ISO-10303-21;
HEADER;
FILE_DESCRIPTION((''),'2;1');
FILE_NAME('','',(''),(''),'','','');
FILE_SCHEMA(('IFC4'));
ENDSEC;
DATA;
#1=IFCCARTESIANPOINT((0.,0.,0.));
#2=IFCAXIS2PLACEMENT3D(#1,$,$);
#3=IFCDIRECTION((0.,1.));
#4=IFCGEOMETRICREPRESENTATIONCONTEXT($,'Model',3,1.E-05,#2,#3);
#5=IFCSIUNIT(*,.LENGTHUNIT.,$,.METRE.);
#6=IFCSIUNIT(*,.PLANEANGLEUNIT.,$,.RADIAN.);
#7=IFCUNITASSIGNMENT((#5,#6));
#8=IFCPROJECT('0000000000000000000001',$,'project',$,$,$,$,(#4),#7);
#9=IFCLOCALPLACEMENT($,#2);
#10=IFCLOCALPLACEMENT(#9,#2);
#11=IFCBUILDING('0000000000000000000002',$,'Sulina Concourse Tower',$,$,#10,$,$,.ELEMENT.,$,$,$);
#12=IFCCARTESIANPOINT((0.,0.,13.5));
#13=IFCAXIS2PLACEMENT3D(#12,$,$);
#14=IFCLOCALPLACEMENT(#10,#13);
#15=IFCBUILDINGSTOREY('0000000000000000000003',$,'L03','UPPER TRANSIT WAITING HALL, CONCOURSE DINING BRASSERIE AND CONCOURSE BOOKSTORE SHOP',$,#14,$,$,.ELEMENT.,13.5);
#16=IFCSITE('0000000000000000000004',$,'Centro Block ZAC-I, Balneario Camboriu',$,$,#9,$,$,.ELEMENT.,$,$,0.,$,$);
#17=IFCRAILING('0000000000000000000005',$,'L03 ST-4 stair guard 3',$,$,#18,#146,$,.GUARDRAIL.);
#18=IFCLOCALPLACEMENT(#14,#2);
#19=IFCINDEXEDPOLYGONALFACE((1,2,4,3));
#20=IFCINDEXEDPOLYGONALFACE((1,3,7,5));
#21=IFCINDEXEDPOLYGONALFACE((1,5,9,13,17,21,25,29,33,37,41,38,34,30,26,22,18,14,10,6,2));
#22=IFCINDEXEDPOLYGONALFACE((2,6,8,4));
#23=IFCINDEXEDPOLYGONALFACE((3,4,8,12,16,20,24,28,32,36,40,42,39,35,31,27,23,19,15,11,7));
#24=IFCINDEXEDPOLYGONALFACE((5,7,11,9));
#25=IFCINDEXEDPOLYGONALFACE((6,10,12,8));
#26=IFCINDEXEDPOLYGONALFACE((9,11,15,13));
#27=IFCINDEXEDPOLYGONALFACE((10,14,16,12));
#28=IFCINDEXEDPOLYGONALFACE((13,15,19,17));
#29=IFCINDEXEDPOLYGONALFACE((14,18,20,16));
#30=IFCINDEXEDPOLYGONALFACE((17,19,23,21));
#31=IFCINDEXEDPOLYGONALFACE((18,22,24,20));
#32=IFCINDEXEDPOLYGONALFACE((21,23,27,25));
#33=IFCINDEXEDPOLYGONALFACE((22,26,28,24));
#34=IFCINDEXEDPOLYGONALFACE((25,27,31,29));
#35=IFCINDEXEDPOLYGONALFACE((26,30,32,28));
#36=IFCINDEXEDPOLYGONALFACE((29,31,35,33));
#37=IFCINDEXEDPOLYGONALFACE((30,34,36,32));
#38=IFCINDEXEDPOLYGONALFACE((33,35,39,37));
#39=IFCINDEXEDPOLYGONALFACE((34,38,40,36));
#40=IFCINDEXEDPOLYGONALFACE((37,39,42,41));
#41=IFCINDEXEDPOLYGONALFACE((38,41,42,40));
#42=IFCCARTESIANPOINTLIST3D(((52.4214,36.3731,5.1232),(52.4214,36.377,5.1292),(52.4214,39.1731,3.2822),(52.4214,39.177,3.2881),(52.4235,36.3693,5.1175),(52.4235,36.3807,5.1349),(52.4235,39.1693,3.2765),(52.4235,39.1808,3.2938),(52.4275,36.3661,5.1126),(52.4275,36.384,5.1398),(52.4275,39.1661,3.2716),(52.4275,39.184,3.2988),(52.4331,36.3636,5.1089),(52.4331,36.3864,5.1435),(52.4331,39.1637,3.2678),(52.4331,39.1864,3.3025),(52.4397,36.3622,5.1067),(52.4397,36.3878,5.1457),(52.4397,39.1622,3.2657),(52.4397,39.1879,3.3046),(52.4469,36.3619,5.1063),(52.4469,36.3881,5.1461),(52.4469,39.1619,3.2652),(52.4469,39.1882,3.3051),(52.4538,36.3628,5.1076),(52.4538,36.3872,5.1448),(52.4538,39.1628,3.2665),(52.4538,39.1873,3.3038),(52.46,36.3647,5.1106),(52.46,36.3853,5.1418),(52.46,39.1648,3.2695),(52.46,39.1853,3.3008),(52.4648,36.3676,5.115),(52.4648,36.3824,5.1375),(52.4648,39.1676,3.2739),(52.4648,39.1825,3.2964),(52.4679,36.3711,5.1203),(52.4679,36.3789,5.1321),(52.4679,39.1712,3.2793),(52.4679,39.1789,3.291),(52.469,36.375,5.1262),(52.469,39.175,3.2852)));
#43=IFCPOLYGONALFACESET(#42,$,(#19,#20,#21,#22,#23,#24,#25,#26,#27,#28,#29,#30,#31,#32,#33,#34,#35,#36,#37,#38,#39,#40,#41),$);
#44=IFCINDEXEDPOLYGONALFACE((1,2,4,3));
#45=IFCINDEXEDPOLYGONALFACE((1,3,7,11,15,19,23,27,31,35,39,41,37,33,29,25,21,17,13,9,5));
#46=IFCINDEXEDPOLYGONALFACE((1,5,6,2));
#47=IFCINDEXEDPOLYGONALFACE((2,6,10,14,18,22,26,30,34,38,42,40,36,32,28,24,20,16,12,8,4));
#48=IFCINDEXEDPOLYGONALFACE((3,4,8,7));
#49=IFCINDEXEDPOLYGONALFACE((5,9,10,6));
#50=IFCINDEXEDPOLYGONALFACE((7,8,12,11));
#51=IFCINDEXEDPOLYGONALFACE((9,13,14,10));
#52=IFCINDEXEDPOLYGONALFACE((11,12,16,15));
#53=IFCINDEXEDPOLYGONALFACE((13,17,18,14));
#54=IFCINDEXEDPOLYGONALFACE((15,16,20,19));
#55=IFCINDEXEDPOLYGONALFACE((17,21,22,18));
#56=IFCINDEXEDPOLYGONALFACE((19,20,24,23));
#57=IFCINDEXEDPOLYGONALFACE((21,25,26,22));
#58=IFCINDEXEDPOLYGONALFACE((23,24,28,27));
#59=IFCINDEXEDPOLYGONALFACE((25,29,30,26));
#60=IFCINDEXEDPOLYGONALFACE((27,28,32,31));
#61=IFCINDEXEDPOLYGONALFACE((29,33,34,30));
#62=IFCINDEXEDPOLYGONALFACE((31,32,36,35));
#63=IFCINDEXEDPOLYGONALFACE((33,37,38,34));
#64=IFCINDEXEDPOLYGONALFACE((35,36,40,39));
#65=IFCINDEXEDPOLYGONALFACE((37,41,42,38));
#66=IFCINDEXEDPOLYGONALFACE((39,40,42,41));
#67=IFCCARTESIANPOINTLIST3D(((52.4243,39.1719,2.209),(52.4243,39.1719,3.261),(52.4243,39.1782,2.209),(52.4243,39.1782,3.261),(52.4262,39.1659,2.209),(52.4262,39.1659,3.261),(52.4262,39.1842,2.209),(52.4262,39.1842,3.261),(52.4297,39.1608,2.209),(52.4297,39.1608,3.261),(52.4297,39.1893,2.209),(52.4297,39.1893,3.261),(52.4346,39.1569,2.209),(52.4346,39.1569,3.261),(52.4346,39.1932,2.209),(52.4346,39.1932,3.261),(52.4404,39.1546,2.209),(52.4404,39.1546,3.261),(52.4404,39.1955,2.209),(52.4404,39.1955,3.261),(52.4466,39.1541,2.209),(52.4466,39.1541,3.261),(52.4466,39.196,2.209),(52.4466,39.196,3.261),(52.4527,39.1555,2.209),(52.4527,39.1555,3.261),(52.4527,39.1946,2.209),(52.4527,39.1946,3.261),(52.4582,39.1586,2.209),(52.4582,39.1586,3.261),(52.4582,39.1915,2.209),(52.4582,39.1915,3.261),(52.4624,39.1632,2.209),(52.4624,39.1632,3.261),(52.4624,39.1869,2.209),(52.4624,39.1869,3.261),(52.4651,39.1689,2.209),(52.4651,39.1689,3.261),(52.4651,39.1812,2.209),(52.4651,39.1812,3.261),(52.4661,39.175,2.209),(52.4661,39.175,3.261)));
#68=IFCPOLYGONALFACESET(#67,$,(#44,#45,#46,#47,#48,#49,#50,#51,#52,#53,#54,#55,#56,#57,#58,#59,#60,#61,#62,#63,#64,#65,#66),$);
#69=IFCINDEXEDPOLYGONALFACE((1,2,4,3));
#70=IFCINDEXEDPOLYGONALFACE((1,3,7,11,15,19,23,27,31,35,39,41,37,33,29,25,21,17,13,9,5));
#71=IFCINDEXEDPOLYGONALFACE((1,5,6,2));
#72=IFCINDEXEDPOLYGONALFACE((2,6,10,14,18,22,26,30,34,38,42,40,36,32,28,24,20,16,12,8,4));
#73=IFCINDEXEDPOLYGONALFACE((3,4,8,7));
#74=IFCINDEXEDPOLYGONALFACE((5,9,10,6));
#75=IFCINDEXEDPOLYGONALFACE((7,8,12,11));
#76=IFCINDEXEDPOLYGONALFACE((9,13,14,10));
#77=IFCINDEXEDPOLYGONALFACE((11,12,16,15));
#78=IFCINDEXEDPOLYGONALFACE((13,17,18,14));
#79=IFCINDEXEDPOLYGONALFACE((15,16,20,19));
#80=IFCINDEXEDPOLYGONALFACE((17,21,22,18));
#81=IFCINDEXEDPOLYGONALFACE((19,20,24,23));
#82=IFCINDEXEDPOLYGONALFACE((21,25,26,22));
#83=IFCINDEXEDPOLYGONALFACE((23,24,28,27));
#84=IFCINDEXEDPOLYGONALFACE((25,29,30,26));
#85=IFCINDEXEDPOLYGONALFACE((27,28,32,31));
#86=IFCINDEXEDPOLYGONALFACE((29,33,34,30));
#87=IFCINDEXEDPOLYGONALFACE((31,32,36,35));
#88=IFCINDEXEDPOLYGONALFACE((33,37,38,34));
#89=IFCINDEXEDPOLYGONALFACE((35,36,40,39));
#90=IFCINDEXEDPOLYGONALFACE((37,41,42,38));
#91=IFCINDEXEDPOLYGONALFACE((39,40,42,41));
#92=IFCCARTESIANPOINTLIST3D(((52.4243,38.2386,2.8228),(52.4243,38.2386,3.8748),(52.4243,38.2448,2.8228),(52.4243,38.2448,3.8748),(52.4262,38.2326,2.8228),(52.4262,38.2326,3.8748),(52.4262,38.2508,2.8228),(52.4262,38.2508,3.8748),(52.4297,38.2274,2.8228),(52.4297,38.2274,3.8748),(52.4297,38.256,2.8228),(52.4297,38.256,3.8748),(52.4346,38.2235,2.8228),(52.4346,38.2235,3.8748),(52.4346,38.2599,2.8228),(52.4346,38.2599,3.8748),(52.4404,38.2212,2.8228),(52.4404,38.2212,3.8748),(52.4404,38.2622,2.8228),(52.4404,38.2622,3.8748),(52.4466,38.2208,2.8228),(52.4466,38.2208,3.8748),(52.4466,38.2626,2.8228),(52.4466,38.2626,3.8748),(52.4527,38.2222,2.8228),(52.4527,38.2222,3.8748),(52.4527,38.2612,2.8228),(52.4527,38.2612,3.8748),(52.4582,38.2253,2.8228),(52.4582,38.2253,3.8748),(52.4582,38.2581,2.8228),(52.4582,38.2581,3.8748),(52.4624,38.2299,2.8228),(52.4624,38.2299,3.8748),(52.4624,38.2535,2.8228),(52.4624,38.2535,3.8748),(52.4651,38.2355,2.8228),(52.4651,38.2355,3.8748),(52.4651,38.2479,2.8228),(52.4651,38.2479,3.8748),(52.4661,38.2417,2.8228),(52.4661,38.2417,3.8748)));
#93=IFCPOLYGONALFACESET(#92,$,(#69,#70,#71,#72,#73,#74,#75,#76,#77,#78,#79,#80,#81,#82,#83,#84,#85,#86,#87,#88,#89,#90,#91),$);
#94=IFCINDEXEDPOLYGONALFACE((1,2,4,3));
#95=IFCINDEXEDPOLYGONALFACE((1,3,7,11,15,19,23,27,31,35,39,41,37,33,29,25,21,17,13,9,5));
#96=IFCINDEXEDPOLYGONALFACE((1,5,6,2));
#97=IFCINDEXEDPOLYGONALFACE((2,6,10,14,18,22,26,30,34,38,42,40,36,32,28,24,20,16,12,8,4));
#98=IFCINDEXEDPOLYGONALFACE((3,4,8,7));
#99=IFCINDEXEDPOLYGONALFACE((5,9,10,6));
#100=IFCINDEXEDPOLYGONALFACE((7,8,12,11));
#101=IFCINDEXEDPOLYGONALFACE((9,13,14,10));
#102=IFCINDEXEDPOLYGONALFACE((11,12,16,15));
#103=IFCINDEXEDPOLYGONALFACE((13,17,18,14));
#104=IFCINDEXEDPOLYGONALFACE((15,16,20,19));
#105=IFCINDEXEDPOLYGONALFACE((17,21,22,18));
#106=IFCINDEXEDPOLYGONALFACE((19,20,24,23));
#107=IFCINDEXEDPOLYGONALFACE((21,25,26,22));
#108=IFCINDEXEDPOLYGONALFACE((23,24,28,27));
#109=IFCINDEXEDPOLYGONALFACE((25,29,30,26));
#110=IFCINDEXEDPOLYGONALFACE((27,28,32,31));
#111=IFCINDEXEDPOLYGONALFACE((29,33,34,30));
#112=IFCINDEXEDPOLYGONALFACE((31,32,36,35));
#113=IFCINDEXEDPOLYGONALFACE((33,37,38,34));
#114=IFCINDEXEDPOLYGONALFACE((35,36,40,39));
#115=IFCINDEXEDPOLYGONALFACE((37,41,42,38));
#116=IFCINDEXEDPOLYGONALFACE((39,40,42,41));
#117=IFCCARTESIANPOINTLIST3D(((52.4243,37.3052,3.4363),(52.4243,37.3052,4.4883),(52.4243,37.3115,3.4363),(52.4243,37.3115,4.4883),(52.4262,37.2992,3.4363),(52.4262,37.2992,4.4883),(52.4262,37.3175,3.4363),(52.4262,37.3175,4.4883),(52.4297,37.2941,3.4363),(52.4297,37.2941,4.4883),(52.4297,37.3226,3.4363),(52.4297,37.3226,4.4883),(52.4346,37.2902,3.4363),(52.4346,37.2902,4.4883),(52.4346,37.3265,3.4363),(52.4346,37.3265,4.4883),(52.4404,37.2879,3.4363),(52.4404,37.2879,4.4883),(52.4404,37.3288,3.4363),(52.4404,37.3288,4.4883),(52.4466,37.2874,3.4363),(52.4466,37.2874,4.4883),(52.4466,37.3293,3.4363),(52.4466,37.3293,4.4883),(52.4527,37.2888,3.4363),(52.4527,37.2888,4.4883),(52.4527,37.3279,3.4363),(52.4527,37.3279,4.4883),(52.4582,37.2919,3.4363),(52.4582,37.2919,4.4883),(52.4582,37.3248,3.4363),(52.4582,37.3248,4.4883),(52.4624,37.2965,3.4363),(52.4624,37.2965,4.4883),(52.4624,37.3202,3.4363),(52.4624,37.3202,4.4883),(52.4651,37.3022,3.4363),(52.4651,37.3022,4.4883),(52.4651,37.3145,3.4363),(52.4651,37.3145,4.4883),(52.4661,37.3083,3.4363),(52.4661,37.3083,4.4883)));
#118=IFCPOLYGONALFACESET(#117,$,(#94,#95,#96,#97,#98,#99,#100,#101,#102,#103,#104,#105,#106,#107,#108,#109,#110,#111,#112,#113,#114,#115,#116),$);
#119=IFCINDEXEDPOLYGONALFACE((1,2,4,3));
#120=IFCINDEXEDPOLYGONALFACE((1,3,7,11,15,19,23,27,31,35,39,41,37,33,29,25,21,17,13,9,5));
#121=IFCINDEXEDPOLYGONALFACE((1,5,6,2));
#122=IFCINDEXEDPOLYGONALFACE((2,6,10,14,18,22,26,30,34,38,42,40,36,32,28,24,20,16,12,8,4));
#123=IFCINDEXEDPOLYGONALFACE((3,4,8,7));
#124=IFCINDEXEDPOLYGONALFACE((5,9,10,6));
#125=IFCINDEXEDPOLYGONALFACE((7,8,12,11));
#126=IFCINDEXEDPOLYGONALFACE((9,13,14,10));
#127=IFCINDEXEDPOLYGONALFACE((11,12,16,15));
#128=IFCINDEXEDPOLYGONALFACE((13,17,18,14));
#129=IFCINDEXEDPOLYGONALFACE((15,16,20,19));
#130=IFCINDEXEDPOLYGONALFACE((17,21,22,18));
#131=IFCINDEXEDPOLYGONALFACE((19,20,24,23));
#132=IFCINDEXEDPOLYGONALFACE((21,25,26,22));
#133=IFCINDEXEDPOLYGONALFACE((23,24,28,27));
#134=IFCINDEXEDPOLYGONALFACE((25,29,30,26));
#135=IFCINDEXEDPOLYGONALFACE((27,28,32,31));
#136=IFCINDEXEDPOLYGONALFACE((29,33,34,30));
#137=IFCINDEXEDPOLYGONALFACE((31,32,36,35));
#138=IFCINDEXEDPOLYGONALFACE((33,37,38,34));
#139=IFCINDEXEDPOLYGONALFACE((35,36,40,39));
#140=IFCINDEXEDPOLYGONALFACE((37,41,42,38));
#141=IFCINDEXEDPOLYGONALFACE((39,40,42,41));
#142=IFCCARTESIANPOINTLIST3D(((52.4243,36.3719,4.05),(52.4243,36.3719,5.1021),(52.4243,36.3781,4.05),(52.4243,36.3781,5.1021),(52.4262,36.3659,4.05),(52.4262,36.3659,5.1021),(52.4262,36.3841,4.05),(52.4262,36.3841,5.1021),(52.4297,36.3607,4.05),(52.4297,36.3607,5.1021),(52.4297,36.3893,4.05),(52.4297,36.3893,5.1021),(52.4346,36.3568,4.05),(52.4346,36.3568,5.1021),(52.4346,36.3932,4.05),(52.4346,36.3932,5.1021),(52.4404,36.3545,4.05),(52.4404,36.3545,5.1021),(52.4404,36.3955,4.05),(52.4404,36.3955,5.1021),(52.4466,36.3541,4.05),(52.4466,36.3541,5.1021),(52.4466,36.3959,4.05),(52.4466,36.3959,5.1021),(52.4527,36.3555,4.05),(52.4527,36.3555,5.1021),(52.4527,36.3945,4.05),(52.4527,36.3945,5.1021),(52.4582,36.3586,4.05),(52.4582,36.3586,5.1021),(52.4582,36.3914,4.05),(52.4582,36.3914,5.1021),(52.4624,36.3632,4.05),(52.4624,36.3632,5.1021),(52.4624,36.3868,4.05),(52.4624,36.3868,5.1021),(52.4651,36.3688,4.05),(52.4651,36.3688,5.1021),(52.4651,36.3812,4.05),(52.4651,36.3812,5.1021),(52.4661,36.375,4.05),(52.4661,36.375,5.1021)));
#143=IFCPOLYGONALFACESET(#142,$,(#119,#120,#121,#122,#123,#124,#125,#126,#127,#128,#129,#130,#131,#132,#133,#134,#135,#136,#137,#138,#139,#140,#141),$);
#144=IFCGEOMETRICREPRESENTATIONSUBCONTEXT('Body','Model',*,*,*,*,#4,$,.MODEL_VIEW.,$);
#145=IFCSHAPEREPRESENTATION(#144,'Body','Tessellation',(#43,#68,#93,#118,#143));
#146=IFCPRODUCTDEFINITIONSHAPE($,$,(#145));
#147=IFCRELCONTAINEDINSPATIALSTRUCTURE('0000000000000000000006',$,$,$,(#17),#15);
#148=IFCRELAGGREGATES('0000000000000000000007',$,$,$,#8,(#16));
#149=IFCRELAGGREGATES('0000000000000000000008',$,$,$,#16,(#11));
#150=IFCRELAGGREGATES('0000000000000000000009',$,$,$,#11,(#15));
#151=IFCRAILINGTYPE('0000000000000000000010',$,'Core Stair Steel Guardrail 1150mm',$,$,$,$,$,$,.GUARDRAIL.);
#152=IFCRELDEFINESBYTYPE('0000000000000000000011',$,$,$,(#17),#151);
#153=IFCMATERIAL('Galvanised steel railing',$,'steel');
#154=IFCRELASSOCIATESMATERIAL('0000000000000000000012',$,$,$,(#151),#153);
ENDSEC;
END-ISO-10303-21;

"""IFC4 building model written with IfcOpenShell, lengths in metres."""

from ifc_helpers import new_model, si_unit, direction, frame, origin, origin_2d, place, context, subcontext, project, spatial, circle, extrude, material, type_object, element, save


model = new_model("IFC4")

# Units and contexts
model_context = context("Model", 3, precision=1e-05, world=origin(), true_north=direction((0.0, 1.0)))
body_context = subcontext(model_context, "Body", "Model", "MODEL_VIEW")
ifc_project = project(units=[si_unit("LENGTHUNIT", "METRE"), si_unit("PLANEANGLEUNIT", "RADIAN")], contexts=[model_context])

# Site, building, storey
site_placement = place(None, origin())
site = spatial("IfcSite", under=ifc_project, at=site_placement, Name="Centro Block ZAC-I, Balneario Camboriu", CompositionType="ELEMENT", RefElevation=0.0)
building_placement = place(site_placement, origin())
building = spatial("IfcBuilding", under=site, at=building_placement, Name="Sulina Concourse Tower", CompositionType="ELEMENT")
storey_placement = place(building_placement, frame((0.0, 0.0, 13.5)))
storey = spatial("IfcBuildingStorey", under=building, at=storey_placement, Name="L03", Description="UPPER TRANSIT WAITING HALL, CONCOURSE DINING BRASSERIE AND CONCOURSE BOOKSTORE SHOP", CompositionType="ELEMENT", Elevation=13.5)

# Railing
ifc_material_1 = material(Name="Galvanised steel railing", Category="steel")
railing_type_1 = type_object("IfcRailingType", Name="Core Stair Steel Guardrail 1150mm", PredefinedType="GUARDRAIL", material=ifc_material_1)
railing_1_placement = place(storey_placement, frame((52.4451, 39.175, 2.209)))
element("IfcRailing", 1, at=railing_1_placement, inside=storey, type_object=railing_type_1, Name="L03 ST-4 stair guard 3", PredefinedType="GUARDRAIL", context=body_context, shape_type="SweptSolid", body=[
    extrude(circle(Radius=0.0239, at=origin_2d()), frame((0.0, 0.0, 1.0762), z_axis=(0.0, -0.835564, 0.549393), x_axis=(1.0, 0.0, 0.0)), (0.0, 0.0, 1.0), 3.3511),
    extrude(circle(Radius=0.021, at=origin_2d()), origin(), (0.0, 0.0, 1.0), 1.052),
    extrude(circle(Radius=0.021, at=origin_2d()), frame((0.0, -0.9333, 0.6138)), (0.0, 0.0, 1.0), 1.052),
    extrude(circle(Radius=0.021, at=origin_2d()), frame((0.0, -1.8667, 1.2273)), (0.0, 0.0, 1.0), 1.052),
    extrude(circle(Radius=0.021, at=origin_2d()), frame((0.0, -2.8, 1.8411)), (0.0, 0.0, 1.0), 1.052),
])

save(model, "model.ifc")
